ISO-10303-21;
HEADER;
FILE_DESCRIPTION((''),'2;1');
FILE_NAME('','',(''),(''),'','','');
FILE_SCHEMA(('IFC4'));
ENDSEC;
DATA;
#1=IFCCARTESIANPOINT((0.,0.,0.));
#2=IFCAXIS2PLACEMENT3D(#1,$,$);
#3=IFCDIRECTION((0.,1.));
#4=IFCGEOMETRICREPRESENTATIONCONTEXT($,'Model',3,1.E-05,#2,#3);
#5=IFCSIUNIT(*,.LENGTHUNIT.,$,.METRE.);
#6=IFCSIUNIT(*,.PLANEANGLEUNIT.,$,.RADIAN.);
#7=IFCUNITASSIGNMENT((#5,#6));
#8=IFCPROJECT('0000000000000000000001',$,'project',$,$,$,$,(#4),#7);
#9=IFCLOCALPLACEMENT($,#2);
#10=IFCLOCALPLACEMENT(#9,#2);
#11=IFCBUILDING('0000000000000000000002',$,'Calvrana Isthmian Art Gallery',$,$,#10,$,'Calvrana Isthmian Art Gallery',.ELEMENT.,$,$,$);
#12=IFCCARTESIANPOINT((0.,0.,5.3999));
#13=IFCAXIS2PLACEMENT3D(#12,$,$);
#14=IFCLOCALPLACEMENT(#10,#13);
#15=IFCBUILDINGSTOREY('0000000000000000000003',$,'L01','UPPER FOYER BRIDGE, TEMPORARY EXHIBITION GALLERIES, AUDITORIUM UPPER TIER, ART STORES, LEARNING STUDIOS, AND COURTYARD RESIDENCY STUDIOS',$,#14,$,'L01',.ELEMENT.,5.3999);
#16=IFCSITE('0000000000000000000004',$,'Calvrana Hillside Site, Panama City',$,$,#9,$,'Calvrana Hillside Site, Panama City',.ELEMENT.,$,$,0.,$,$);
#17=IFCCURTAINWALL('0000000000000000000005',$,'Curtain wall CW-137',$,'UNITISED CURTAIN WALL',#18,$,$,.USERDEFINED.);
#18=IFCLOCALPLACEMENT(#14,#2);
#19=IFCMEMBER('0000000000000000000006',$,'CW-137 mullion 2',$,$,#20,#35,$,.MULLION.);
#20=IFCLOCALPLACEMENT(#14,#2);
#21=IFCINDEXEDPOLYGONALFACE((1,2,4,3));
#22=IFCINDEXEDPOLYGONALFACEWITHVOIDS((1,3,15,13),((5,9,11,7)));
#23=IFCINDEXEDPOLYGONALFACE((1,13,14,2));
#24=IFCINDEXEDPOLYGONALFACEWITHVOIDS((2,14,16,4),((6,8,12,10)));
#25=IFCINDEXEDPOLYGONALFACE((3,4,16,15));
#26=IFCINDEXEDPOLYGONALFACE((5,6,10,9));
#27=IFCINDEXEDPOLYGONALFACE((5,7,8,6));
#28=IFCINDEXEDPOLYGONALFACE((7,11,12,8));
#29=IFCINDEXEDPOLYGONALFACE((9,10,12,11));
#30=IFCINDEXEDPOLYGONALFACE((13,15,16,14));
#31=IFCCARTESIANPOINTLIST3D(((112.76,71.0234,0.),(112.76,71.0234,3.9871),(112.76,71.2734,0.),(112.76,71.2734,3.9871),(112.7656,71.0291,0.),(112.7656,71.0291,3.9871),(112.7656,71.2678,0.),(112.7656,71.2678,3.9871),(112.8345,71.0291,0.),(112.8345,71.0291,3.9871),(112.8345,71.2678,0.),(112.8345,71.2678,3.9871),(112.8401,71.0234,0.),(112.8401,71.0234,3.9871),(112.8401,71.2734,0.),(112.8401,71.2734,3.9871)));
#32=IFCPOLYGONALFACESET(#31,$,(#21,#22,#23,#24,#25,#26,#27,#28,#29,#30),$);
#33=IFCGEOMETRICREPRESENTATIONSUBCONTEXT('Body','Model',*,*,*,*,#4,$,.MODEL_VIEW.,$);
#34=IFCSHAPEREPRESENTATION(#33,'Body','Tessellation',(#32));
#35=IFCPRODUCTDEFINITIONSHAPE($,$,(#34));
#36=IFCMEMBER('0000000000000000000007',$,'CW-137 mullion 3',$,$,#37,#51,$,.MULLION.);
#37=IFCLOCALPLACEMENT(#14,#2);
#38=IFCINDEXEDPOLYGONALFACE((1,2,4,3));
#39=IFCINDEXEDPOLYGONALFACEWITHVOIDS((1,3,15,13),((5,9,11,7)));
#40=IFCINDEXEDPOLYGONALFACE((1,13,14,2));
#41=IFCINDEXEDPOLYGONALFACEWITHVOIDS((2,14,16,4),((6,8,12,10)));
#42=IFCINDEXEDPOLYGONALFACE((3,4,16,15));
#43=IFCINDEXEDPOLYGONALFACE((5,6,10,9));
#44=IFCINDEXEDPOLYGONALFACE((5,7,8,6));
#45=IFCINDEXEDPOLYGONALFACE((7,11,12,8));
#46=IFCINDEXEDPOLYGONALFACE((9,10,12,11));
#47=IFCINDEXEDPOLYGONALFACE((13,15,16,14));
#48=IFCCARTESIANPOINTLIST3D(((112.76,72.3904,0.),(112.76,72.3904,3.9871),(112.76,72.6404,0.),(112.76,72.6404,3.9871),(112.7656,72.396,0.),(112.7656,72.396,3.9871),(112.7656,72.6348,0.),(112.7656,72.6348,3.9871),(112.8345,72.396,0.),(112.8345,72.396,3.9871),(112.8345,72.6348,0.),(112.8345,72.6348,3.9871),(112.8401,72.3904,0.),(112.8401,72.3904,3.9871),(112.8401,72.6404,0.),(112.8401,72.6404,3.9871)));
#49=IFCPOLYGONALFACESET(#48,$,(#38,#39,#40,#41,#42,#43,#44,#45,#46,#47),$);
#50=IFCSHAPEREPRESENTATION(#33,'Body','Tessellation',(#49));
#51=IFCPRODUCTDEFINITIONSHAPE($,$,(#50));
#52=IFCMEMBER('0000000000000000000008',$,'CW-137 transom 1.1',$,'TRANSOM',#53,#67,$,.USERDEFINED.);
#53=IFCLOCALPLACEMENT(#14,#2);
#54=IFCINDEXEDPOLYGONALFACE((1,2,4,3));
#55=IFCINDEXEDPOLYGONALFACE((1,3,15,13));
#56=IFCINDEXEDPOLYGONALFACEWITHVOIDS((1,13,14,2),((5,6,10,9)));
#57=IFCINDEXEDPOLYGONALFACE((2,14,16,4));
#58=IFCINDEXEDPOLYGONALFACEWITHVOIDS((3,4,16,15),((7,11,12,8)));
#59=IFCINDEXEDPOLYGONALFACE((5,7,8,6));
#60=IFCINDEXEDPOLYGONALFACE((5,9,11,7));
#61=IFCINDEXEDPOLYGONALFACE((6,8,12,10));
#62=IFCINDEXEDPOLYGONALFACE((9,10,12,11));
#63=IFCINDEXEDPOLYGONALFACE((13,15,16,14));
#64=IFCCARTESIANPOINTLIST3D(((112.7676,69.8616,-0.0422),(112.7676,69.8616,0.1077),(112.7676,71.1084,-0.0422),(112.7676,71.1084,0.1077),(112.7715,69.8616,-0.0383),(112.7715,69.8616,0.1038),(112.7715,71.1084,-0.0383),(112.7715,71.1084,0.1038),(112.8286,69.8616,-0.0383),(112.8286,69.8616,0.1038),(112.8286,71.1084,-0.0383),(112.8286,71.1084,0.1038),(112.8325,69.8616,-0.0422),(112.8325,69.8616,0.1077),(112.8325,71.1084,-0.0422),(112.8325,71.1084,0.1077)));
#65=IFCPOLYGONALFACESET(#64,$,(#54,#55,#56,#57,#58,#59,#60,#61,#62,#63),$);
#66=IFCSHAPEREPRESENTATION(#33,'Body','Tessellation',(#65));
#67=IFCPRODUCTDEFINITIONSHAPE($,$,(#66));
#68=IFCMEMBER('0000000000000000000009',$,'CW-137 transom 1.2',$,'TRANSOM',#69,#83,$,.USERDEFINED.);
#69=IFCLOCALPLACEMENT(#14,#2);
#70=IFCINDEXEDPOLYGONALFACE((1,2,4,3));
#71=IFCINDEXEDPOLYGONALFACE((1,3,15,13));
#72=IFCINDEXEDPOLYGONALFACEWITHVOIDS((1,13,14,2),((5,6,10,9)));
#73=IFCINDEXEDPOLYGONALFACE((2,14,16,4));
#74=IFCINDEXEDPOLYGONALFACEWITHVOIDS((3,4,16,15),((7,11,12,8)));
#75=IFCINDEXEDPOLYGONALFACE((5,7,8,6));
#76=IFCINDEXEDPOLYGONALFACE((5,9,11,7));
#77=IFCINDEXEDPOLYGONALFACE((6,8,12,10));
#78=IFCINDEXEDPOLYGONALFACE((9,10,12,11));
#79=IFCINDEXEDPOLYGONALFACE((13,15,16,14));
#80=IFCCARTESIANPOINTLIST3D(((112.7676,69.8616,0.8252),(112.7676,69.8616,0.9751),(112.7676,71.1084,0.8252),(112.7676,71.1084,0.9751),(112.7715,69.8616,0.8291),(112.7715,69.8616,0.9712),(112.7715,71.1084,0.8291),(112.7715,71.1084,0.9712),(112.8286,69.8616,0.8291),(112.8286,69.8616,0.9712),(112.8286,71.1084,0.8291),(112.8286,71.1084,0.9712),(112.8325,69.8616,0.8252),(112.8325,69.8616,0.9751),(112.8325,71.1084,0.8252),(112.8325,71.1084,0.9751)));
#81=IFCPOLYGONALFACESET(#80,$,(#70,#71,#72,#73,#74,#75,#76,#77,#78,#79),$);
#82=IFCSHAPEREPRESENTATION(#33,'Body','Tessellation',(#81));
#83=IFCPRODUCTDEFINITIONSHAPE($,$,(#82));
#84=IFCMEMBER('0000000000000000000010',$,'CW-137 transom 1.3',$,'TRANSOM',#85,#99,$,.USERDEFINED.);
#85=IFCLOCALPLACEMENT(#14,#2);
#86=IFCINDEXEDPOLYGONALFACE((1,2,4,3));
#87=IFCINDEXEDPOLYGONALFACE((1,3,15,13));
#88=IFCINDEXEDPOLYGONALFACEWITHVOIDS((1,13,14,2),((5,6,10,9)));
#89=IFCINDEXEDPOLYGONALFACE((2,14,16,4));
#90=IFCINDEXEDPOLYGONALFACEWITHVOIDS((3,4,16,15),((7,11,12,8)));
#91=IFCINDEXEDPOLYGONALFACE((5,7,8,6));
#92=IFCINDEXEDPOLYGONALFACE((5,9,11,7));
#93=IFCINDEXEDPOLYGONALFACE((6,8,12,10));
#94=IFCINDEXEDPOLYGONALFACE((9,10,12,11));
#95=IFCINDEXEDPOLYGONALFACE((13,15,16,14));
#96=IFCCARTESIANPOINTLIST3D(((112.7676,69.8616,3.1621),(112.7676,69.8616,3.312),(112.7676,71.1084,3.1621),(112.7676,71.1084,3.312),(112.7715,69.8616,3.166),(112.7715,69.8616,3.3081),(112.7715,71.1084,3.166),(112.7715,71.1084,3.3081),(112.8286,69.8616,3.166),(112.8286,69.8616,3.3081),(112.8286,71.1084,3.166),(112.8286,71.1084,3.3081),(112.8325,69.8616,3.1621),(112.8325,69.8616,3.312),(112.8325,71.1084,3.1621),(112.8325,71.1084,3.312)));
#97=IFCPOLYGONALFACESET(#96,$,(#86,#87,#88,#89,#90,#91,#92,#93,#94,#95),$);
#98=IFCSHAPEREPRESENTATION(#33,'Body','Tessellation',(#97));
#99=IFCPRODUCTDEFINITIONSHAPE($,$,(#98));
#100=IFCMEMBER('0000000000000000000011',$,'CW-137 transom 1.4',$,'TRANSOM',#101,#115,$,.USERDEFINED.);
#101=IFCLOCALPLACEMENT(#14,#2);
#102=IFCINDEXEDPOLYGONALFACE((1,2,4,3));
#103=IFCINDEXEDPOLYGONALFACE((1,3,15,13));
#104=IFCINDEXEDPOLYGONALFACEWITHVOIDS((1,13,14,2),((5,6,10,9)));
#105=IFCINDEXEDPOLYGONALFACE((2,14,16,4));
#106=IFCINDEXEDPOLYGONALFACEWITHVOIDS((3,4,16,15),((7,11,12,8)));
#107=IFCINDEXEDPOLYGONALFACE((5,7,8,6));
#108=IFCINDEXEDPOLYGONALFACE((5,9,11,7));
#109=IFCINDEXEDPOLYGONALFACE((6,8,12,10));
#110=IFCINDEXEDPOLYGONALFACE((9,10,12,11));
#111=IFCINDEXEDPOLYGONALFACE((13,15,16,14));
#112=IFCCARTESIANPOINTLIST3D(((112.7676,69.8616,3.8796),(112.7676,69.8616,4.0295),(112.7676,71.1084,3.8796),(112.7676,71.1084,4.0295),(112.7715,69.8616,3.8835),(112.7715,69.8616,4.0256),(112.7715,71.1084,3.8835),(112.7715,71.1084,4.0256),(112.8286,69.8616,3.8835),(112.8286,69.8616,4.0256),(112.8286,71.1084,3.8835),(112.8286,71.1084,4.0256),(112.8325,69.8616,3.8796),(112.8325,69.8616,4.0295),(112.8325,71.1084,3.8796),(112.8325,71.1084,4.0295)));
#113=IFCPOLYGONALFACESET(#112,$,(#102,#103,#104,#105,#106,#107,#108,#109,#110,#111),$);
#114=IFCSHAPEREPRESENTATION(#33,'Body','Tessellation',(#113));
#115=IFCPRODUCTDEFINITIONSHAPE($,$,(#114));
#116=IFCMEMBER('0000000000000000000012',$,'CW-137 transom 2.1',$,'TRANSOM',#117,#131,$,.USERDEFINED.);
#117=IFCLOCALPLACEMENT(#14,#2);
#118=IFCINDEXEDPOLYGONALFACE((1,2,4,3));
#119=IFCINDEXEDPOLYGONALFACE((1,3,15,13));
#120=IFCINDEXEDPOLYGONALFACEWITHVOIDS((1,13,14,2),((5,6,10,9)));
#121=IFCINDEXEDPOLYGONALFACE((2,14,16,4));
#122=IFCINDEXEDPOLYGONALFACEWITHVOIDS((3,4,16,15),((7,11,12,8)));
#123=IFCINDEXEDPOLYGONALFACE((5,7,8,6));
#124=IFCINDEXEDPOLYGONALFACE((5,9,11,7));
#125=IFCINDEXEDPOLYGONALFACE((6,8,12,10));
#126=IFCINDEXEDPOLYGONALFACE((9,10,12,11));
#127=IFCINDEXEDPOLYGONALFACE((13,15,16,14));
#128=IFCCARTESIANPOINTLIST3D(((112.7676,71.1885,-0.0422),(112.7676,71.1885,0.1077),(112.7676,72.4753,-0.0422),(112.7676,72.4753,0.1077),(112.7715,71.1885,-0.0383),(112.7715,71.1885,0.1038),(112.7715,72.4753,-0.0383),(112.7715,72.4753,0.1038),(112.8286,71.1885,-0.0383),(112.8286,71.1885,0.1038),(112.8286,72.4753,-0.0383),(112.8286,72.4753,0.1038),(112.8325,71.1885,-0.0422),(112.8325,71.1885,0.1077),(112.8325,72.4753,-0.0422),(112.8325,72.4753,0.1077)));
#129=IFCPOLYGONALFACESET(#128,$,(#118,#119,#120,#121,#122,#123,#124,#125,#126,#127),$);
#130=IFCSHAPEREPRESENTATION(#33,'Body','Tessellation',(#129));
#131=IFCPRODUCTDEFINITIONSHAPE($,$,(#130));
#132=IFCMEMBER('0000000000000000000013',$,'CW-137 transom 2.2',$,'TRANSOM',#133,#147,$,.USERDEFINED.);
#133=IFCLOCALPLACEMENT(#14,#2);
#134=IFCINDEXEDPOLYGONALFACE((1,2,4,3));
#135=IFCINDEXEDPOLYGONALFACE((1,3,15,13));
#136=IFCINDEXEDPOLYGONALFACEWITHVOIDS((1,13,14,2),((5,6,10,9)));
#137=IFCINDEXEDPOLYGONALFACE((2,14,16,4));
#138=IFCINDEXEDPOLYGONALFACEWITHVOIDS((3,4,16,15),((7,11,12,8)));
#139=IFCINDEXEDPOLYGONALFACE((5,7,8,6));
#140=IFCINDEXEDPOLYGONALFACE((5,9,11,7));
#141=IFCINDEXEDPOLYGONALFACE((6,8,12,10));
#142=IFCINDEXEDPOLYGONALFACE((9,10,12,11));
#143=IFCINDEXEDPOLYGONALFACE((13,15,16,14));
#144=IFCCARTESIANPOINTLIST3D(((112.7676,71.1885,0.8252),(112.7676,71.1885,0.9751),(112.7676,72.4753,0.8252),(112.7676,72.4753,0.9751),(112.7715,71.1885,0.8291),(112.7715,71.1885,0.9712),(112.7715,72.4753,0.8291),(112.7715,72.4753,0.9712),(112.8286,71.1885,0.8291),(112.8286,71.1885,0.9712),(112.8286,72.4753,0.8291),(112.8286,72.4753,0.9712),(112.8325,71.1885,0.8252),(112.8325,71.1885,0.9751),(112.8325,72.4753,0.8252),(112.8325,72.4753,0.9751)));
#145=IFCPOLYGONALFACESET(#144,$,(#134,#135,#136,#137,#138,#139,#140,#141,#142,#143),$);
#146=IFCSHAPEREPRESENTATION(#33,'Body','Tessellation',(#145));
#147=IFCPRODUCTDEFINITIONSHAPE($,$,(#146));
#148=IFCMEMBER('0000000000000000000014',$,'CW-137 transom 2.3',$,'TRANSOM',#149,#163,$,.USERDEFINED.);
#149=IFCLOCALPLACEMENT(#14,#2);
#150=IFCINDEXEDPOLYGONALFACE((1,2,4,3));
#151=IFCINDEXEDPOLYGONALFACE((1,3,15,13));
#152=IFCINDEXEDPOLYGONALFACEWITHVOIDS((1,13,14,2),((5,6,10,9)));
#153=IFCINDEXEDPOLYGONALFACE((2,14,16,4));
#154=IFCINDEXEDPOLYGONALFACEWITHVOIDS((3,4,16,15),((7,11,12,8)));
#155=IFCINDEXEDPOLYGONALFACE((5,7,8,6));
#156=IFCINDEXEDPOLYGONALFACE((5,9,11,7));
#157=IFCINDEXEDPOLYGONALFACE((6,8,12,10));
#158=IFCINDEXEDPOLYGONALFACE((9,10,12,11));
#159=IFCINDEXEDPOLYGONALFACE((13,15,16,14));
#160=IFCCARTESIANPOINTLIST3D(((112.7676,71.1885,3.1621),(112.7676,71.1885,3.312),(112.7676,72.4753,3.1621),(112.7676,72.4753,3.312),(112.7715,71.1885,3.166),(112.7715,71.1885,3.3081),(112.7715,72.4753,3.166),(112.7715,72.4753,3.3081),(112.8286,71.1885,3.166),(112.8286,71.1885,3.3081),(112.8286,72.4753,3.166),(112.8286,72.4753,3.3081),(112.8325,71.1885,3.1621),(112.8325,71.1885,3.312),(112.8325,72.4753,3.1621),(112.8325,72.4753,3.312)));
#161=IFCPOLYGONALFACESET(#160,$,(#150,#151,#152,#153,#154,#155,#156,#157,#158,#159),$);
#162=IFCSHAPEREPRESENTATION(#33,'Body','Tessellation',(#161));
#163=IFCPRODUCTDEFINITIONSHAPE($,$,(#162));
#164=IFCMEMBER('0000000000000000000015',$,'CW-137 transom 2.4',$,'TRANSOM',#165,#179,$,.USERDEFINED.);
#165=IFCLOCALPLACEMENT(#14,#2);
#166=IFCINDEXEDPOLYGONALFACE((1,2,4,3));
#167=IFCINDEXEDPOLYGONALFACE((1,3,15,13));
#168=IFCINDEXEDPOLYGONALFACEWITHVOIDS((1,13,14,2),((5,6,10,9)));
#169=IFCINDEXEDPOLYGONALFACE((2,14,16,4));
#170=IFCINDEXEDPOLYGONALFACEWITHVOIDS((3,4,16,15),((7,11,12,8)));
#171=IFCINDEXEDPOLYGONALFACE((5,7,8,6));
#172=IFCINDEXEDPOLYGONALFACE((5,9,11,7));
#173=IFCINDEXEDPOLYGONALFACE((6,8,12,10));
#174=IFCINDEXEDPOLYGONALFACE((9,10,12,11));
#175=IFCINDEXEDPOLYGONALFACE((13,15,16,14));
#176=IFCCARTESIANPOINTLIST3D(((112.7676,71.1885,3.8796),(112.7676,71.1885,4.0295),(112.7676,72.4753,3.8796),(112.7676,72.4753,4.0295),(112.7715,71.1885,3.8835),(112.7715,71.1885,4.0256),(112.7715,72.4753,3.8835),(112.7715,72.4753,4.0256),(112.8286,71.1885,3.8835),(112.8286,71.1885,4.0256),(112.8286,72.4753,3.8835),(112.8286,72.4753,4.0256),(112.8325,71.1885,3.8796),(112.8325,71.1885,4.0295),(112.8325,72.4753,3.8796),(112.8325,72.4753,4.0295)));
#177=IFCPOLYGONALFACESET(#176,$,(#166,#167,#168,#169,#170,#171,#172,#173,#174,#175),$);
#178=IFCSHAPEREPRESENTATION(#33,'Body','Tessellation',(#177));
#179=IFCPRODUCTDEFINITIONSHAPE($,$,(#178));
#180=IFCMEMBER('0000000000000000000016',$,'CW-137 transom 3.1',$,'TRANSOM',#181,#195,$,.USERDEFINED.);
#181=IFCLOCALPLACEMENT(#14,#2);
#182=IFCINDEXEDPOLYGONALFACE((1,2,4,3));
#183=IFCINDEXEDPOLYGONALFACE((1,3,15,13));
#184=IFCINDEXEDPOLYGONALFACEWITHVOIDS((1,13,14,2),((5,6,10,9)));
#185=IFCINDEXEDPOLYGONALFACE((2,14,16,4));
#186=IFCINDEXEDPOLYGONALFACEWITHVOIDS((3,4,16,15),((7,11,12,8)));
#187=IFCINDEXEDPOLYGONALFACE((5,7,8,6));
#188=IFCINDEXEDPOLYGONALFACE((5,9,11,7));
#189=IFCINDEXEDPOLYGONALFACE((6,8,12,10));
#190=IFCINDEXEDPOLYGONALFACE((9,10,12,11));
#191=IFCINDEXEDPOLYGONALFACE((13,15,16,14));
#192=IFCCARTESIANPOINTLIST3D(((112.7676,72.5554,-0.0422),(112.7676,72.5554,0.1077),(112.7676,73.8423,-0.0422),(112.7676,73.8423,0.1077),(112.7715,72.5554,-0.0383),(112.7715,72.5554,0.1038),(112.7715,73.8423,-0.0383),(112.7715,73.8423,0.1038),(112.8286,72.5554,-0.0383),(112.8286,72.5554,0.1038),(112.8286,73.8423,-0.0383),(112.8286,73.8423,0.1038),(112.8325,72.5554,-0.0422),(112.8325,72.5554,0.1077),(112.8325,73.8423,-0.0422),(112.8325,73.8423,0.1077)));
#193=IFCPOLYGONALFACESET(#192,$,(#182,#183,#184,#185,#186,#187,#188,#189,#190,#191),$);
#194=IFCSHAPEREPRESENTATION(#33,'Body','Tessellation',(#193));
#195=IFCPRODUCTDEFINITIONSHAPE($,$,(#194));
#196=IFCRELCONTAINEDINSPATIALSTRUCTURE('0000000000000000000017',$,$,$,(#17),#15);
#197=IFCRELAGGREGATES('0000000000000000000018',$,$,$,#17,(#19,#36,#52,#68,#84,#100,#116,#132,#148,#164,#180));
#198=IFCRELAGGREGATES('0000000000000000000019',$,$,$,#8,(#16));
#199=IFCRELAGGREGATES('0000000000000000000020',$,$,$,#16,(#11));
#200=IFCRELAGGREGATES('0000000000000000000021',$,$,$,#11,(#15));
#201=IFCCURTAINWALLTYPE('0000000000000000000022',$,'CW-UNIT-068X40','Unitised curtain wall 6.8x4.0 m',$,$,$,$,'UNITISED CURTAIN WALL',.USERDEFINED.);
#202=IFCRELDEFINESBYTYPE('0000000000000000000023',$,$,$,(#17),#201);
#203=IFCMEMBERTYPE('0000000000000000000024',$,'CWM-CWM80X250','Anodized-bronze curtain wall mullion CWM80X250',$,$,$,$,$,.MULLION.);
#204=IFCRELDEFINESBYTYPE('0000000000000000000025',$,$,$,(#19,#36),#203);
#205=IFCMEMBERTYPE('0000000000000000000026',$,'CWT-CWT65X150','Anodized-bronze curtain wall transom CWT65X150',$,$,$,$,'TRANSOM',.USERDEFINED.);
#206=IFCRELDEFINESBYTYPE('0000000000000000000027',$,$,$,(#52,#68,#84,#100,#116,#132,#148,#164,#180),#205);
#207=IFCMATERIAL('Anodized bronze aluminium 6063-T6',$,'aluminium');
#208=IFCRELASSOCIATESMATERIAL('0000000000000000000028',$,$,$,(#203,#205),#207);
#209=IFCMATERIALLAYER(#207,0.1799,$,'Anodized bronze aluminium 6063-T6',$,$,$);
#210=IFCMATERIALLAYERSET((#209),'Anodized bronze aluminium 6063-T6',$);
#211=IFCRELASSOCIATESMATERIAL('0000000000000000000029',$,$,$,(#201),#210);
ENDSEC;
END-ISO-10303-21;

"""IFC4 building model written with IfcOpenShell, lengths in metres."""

from ifc_helpers import new_model, si_unit, direction, frame, origin, origin_2d, place, context, subcontext, project, spatial, hollow_rectangle, extrude, material, layer, layer_set, material_profile, profile_set, type_object, element, aggregate, save


model = new_model("IFC4")

# Units and contexts
model_context = context("Model", 3, precision=1e-05, world=origin(), true_north=direction((0.0, 1.0)))
body_context = subcontext(model_context, "Body", "Model", "MODEL_VIEW")
ifc_project = project(units=[si_unit("LENGTHUNIT", "METRE"), si_unit("PLANEANGLEUNIT", "RADIAN")], contexts=[model_context])

# Site, building, storey
site_placement = place(None, origin())
site = spatial("IfcSite", under=ifc_project, at=site_placement, Name="Calvrana Hillside Site, Panama City", LongName="Calvrana Hillside Site, Panama City", CompositionType="ELEMENT", RefElevation=0.0)
building_placement = place(site_placement, origin())
building = spatial("IfcBuilding", under=site, at=building_placement, Name="Calvrana Isthmian Art Gallery", LongName="Calvrana Isthmian Art Gallery", CompositionType="ELEMENT")
storey_placement = place(building_placement, frame((0.0, 0.0, 5.3999)))
storey = spatial("IfcBuildingStorey", under=building, at=storey_placement, Name="L01", Description="UPPER FOYER BRIDGE, TEMPORARY EXHIBITION GALLERIES, AUDITORIUM UPPER TIER, ART STORES, LEARNING STUDIOS, AND COURTYARD RESIDENCY STUDIOS", LongName="L01", CompositionType="ELEMENT", Elevation=5.3999)

# Shared definitions
ifc_material_1 = material(Name="Anodized bronze aluminium 6063-T6", Category="aluminium")
ifc_material_profile_1 = material_profile(ifc_material_1, hollow_rectangle(XDim=0.0801, YDim=0.25, WallThickness=0.0056, at=origin_2d()), Name="CWM80X250")
ifc_profile_set_1 = profile_set([ifc_material_profile_1], Name="Anodized bronze aluminium 6063-T6")
member_type_1 = type_object("IfcMemberType", Name="CWM-CWM80X250", Description="Anodized-bronze curtain wall mullion CWM80X250", PredefinedType="MULLION", material=ifc_profile_set_1)

# Curtain wall, members
ifc_layer_1 = layer(ifc_material_1, 0.1799, Name="Anodized bronze aluminium 6063-T6")
ifc_layer_set_1 = layer_set([ifc_layer_1], Name="Anodized bronze aluminium 6063-T6")
curtain_wall_type_1 = type_object("IfcCurtainWallType", Name="CW-UNIT-068X40", Description="Unitised curtain wall 6.8x4.0 m", ElementType="UNITISED CURTAIN WALL", PredefinedType="USERDEFINED", material=ifc_layer_set_1)
curtain_wall_1_placement = place(storey_placement, origin())
curtain_wall_1 = element("IfcCurtainWall", 1, at=curtain_wall_1_placement, inside=storey, type_object=curtain_wall_type_1, Name="Curtain wall CW-137", ObjectType="UNITISED CURTAIN WALL", PredefinedType="USERDEFINED")
member_1_placement = place(storey_placement, frame((112.8, 71.1484, 0.0), z_axis=(0.0, 0.0, 1.0), x_axis=(-1.0, 0.0, 0.0)))
member_1 = element("IfcMember", 2, at=member_1_placement, type_object=member_type_1, Name="CW-137 mullion 2", PredefinedType="MULLION", context=body_context, shape_type="SweptSolid", body=[
    extrude(hollow_rectangle(XDim=0.0801, YDim=0.25, WallThickness=0.0056, at=origin_2d()), origin(), (0.0, 0.0, 1.0), 3.9871),
])
member_2_placement = place(storey_placement, frame((112.8, 72.5154, 0.0), z_axis=(0.0, 0.0, 1.0), x_axis=(-1.0, 0.0, 0.0)))
member_2 = element("IfcMember", 3, at=member_2_placement, type_object=member_type_1, Name="CW-137 mullion 3", PredefinedType="MULLION", context=body_context, shape_type="SweptSolid", body=[
    extrude(hollow_rectangle(XDim=0.0801, YDim=0.25, WallThickness=0.0056, at=origin_2d()), origin(), (0.0, 0.0, 1.0), 3.9871),
])
ifc_material_profile_2 = material_profile(ifc_material_1, hollow_rectangle(XDim=0.0649, YDim=0.1499, WallThickness=0.0039, at=origin_2d()), Name="CWT65X150")
ifc_profile_set_2 = profile_set([ifc_material_profile_2], Name="Anodized bronze aluminium 6063-T6")
member_type_2 = type_object("IfcMemberType", Name="CWT-CWT65X150", Description="Anodized-bronze curtain wall transom CWT65X150", ElementType="TRANSOM", PredefinedType="USERDEFINED", material=ifc_profile_set_2)
member_3_placement = place(storey_placement, frame((112.8, 69.8616, 0.0327), z_axis=(0.0, 1.0, 0.0), x_axis=(-1.0, 0.0, 0.0)))
member_3 = element("IfcMember", 4, at=member_3_placement, type_object=member_type_2, Name="CW-137 transom 1.1", ObjectType="TRANSOM", PredefinedType="USERDEFINED", context=body_context, shape_type="SweptSolid", body=[
    extrude(hollow_rectangle(XDim=0.0649, YDim=0.1499, WallThickness=0.0039, at=origin_2d()), origin(), (0.0, 0.0, 1.0), 1.2468),
])
member_4_placement = place(storey_placement, frame((112.8, 69.8616, 0.9001), z_axis=(0.0, 1.0, 0.0), x_axis=(-1.0, 0.0, 0.0)))
member_4 = element("IfcMember", 5, at=member_4_placement, type_object=member_type_2, Name="CW-137 transom 1.2", ObjectType="TRANSOM", PredefinedType="USERDEFINED", context=body_context, shape_type="SweptSolid", body=[
    extrude(hollow_rectangle(XDim=0.0649, YDim=0.1499, WallThickness=0.0039, at=origin_2d()), origin(), (0.0, 0.0, 1.0), 1.2468),
])
member_5_placement = place(storey_placement, frame((112.8, 69.8616, 3.2371), z_axis=(0.0, 1.0, 0.0), x_axis=(-1.0, 0.0, 0.0)))
member_5 = element("IfcMember", 6, at=member_5_placement, type_object=member_type_2, Name="CW-137 transom 1.3", ObjectType="TRANSOM", PredefinedType="USERDEFINED", context=body_context, shape_type="SweptSolid", body=[
    extrude(hollow_rectangle(XDim=0.0649, YDim=0.1499, WallThickness=0.0039, at=origin_2d()), origin(), (0.0, 0.0, 1.0), 1.2468),
])
member_6_placement = place(storey_placement, frame((112.8, 69.8616, 3.9546), z_axis=(0.0, 1.0, 0.0), x_axis=(-1.0, 0.0, 0.0)))
member_6 = element("IfcMember", 7, at=member_6_placement, type_object=member_type_2, Name="CW-137 transom 1.4", ObjectType="TRANSOM", PredefinedType="USERDEFINED", context=body_context, shape_type="SweptSolid", body=[
    extrude(hollow_rectangle(XDim=0.0649, YDim=0.1499, WallThickness=0.0039, at=origin_2d()), origin(), (0.0, 0.0, 1.0), 1.2468),
])
member_7_placement = place(storey_placement, frame((112.8, 71.1885, 0.0327), z_axis=(0.0, 1.0, 0.0), x_axis=(-1.0, 0.0, 0.0)))
member_7 = element("IfcMember", 8, at=member_7_placement, type_object=member_type_2, Name="CW-137 transom 2.1", ObjectType="TRANSOM", PredefinedType="USERDEFINED", context=body_context, shape_type="SweptSolid", body=[
    extrude(hollow_rectangle(XDim=0.0649, YDim=0.1499, WallThickness=0.0039, at=origin_2d()), origin(), (0.0, 0.0, 1.0), 1.2869),
])
member_8_placement = place(storey_placement, frame((112.8, 71.1885, 0.9001), z_axis=(0.0, 1.0, 0.0), x_axis=(-1.0, 0.0, 0.0)))
member_8 = element("IfcMember", 9, at=member_8_placement, type_object=member_type_2, Name="CW-137 transom 2.2", ObjectType="TRANSOM", PredefinedType="USERDEFINED", context=body_context, shape_type="SweptSolid", body=[
    extrude(hollow_rectangle(XDim=0.0649, YDim=0.1499, WallThickness=0.0039, at=origin_2d()), origin(), (0.0, 0.0, 1.0), 1.2869),
])
member_9_placement = place(storey_placement, frame((112.8, 71.1885, 3.2371), z_axis=(0.0, 1.0, 0.0), x_axis=(-1.0, 0.0, 0.0)))
member_9 = element("IfcMember", 10, at=member_9_placement, type_object=member_type_2, Name="CW-137 transom 2.3", ObjectType="TRANSOM", PredefinedType="USERDEFINED", context=body_context, shape_type="SweptSolid", body=[
    extrude(hollow_rectangle(XDim=0.0649, YDim=0.1499, WallThickness=0.0039, at=origin_2d()), origin(), (0.0, 0.0, 1.0), 1.2869),
])
member_10_placement = place(storey_placement, frame((112.8, 71.1885, 3.9546), z_axis=(0.0, 1.0, 0.0), x_axis=(-1.0, 0.0, 0.0)))
member_10 = element("IfcMember", 11, at=member_10_placement, type_object=member_type_2, Name="CW-137 transom 2.4", ObjectType="TRANSOM", PredefinedType="USERDEFINED", context=body_context, shape_type="SweptSolid", body=[
    extrude(hollow_rectangle(XDim=0.0649, YDim=0.1499, WallThickness=0.0039, at=origin_2d()), origin(), (0.0, 0.0, 1.0), 1.2869),
])
member_11_placement = place(storey_placement, frame((112.8, 72.5554, 0.0327), z_axis=(0.0, 1.0, 0.0), x_axis=(-1.0, 0.0, 0.0)))
member_11 = element("IfcMember", 12, at=member_11_placement, type_object=member_type_2, Name="CW-137 transom 3.1", ObjectType="TRANSOM", PredefinedType="USERDEFINED", context=body_context, shape_type="SweptSolid", body=[
    extrude(hollow_rectangle(XDim=0.0649, YDim=0.1499, WallThickness=0.0039, at=origin_2d()), origin(), (0.0, 0.0, 1.0), 1.2869),
])

aggregate(curtain_wall_1, [member_1, member_2, member_3, member_4, member_5, member_6, member_7, member_8, member_9, member_10, member_11])

save(model, "model.ifc")
